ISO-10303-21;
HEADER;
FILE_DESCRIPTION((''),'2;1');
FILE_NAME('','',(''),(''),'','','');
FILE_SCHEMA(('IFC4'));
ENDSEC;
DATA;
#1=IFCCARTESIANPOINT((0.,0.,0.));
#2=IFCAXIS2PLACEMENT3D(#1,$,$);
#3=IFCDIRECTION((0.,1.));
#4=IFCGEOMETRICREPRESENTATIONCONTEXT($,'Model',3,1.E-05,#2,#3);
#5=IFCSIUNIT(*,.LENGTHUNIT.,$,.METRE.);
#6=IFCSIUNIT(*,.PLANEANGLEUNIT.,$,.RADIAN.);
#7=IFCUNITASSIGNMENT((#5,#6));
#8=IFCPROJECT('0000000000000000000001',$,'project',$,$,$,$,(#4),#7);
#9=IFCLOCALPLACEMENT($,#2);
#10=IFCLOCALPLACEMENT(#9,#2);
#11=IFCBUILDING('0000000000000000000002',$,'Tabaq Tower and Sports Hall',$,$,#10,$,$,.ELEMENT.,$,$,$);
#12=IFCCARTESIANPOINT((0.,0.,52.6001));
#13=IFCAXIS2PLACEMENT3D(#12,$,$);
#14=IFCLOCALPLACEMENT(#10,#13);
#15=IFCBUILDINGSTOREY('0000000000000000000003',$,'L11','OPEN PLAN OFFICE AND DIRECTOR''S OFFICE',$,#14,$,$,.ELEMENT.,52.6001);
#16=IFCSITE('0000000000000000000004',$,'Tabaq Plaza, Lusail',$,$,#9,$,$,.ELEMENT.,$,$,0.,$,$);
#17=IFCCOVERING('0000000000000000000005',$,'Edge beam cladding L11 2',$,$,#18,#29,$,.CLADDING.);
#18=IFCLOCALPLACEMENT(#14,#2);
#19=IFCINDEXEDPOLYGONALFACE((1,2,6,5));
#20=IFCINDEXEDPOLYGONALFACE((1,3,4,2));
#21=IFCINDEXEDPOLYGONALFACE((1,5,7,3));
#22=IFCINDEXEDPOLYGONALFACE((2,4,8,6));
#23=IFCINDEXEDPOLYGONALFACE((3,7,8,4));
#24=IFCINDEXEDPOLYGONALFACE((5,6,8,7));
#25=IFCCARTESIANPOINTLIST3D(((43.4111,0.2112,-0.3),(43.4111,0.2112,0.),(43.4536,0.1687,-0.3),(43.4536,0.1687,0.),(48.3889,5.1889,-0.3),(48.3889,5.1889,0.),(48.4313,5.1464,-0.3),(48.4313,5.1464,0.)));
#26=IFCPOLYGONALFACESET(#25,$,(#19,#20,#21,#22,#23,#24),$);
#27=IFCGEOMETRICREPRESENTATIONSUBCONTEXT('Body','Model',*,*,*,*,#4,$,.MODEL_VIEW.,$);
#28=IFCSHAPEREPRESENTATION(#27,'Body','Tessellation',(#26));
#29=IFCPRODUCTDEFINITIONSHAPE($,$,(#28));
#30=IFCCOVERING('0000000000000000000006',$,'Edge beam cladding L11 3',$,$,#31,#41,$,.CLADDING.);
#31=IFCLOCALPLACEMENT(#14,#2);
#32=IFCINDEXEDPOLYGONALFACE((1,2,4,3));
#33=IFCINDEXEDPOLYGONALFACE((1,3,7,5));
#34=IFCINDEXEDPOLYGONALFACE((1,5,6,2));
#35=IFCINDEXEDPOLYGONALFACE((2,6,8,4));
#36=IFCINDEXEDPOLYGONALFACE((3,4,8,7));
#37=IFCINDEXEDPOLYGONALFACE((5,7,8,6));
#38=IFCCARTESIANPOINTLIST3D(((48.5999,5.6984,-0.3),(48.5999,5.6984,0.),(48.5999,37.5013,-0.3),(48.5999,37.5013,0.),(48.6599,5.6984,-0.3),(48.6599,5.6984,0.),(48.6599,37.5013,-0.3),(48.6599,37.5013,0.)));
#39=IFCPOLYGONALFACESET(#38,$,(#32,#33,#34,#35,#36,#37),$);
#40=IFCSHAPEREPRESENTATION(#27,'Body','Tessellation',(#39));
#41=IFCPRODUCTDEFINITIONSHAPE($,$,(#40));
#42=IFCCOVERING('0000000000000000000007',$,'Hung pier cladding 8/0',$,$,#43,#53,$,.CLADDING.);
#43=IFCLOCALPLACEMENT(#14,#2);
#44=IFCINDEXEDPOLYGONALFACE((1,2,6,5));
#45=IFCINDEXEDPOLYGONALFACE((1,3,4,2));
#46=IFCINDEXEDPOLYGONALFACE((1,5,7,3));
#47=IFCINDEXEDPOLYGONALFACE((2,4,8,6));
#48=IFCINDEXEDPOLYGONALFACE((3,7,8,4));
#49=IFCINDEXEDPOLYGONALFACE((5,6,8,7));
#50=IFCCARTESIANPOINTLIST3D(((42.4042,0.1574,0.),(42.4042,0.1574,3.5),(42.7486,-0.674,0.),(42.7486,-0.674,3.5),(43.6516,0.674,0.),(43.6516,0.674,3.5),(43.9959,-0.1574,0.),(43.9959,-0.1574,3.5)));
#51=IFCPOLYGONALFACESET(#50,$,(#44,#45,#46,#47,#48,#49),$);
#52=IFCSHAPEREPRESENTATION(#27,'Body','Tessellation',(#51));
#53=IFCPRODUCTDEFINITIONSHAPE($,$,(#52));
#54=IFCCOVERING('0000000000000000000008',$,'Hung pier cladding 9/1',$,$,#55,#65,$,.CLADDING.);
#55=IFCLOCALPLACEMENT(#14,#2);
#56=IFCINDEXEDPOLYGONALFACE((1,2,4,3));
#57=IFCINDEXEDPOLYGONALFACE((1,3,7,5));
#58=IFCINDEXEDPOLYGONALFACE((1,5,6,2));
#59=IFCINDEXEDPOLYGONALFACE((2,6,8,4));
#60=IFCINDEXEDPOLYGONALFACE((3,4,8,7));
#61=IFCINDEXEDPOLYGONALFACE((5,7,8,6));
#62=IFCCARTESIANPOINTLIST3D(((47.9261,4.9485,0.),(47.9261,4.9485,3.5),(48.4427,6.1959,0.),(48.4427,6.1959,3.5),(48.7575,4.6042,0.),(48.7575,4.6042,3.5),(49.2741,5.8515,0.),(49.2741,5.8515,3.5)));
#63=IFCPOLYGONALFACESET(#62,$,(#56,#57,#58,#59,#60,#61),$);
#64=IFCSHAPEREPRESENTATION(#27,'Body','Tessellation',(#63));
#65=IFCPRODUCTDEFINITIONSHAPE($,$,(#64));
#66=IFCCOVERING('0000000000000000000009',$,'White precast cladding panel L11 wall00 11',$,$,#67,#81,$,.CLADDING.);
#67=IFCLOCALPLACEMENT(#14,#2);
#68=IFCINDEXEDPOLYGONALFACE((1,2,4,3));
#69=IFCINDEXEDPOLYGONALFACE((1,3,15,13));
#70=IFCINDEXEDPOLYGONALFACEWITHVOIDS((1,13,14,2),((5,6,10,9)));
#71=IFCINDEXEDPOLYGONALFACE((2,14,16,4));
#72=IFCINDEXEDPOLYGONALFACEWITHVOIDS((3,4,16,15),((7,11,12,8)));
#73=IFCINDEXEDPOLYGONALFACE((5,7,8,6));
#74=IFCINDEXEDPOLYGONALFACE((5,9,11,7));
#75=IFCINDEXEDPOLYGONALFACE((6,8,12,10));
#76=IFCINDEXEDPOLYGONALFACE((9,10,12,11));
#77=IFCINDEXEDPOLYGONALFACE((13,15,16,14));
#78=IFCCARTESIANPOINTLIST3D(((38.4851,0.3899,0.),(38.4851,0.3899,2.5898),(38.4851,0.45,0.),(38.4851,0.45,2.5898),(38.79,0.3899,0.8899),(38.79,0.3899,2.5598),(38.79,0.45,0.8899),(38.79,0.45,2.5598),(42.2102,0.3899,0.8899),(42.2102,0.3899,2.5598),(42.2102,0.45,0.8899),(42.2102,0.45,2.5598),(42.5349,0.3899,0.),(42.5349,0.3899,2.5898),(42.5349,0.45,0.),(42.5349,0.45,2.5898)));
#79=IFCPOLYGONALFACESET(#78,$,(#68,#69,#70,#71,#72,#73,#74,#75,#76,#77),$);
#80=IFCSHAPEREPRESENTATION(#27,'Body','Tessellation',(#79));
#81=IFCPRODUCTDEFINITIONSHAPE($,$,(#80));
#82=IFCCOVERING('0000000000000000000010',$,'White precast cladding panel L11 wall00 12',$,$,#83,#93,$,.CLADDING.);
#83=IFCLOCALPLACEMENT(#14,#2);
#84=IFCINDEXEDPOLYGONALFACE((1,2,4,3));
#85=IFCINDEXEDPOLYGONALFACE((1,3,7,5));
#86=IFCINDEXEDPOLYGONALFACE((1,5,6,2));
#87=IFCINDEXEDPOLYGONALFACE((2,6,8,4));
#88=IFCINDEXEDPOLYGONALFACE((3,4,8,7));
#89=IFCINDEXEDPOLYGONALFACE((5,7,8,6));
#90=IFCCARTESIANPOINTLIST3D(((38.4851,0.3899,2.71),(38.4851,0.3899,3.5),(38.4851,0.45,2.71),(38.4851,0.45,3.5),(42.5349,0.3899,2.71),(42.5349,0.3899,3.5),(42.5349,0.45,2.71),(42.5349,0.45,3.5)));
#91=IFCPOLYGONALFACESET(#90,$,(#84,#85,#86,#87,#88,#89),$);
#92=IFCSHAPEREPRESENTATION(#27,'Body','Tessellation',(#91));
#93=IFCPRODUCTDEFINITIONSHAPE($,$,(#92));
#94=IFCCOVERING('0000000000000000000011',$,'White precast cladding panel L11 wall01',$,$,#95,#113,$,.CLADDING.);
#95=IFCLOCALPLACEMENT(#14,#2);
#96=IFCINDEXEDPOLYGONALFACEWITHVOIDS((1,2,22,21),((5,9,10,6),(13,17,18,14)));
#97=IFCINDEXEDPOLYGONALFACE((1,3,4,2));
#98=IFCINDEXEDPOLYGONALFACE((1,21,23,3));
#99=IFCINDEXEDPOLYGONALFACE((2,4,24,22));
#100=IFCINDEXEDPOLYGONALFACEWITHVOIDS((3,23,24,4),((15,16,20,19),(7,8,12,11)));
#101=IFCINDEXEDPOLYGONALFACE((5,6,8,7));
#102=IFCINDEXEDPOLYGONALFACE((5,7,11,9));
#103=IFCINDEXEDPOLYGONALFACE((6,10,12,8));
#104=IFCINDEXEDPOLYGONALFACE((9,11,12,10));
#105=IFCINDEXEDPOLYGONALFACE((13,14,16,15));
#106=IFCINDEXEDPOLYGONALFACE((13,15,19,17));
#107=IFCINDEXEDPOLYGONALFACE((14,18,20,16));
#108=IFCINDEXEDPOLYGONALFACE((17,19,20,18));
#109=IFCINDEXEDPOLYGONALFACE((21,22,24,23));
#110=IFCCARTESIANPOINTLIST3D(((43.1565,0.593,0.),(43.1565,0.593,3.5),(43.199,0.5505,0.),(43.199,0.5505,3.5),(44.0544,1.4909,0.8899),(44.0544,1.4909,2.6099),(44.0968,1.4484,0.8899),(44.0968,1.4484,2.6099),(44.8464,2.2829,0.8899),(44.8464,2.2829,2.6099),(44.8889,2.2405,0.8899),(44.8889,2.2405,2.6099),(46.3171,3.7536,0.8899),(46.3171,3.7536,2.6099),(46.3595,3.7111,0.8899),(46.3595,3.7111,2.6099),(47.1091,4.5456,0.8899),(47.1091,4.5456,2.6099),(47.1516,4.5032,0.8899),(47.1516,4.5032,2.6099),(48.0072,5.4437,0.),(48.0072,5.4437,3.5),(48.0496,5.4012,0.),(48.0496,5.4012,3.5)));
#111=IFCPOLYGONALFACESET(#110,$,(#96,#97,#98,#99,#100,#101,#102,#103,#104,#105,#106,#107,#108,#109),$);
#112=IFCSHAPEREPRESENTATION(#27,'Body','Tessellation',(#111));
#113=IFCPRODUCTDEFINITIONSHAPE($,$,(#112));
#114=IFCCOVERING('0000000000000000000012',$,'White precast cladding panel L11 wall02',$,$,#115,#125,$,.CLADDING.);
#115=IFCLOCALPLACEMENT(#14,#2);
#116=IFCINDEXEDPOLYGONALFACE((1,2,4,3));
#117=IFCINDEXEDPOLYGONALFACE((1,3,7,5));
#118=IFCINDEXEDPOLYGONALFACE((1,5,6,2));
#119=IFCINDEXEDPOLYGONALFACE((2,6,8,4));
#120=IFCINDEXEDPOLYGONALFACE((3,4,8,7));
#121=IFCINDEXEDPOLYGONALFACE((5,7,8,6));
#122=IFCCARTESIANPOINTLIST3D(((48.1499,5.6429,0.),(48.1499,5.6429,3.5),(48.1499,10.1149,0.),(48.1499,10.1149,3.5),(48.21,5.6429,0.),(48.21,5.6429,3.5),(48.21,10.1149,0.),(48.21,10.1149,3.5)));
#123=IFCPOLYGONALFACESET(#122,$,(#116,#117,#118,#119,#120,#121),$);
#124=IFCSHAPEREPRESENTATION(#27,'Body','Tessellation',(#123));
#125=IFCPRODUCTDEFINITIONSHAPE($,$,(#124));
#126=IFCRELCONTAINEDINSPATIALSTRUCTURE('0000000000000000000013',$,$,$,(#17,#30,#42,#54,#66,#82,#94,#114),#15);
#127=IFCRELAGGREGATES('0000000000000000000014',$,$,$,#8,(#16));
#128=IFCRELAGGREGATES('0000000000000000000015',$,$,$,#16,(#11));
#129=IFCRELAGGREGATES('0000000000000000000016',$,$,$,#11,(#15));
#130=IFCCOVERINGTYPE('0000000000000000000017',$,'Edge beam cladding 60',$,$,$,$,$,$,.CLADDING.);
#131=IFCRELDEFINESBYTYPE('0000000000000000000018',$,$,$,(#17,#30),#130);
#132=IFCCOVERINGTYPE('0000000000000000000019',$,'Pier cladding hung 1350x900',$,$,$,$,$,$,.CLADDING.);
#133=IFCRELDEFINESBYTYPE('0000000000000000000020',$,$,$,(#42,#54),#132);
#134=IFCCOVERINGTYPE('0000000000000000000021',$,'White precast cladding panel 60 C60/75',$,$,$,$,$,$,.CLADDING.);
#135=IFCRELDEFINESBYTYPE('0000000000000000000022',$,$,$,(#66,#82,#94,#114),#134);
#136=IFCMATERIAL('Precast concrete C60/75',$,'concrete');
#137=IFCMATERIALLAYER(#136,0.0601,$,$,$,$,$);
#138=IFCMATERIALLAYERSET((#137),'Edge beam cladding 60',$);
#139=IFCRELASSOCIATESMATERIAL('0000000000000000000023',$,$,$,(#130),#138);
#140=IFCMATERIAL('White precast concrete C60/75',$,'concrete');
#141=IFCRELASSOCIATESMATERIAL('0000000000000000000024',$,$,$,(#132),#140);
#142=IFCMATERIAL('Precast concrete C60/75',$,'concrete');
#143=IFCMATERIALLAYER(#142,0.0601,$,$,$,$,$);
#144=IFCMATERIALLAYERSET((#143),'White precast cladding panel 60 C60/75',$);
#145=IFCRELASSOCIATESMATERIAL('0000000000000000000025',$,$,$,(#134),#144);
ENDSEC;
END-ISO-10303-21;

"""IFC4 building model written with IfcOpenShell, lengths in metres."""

from ifc_helpers import new_model, si_unit, direction, frame, frame_2d, origin, place, context, subcontext, project, spatial, polyline, rectangle, outline, extrude, material, layer, layer_set, type_object, element, save


model = new_model("IFC4")

# Units and contexts
model_context = context("Model", 3, precision=1e-05, world=origin(), true_north=direction((0.0, 1.0)))
body_context = subcontext(model_context, "Body", "Model", "MODEL_VIEW")
ifc_project = project(units=[si_unit("LENGTHUNIT", "METRE"), si_unit("PLANEANGLEUNIT", "RADIAN")], contexts=[model_context])

# Site, building, storey
site_placement = place(None, origin())
site = spatial("IfcSite", under=ifc_project, at=site_placement, Name="Tabaq Plaza, Lusail", CompositionType="ELEMENT", RefElevation=0.0)
building_placement = place(site_placement, origin())
building = spatial("IfcBuilding", under=site, at=building_placement, Name="Tabaq Tower and Sports Hall", CompositionType="ELEMENT")
storey_placement = place(building_placement, frame((0.0, 0.0, 52.6001)))
storey = spatial("IfcBuildingStorey", under=building, at=storey_placement, Name="L11", Description="OPEN PLAN OFFICE AND DIRECTOR'S OFFICE", CompositionType="ELEMENT", Elevation=52.6001)

# Coverings
ifc_material_1 = material(Name="Precast concrete C60/75", Category="concrete")
ifc_layer_1 = layer(ifc_material_1, 0.0601)
ifc_layer_set_1 = layer_set([ifc_layer_1], Name="Edge beam cladding 60")
covering_type_1 = type_object("IfcCoveringType", Name="Edge beam cladding 60", PredefinedType="CLADDING", material=ifc_layer_set_1)
covering_1_placement = place(storey_placement, frame((43.4324, 0.1899, -0.3), z_axis=(0.0, 0.0, 1.0), x_axis=(0.707107, 0.707107, 0.0)))
element("IfcCovering", 1, at=covering_1_placement, inside=storey, type_object=covering_type_1, Name="Edge beam cladding L11 2", PredefinedType="CLADDING", context=body_context, shape_type="SweptSolid", body=[
    extrude(rectangle(XDim=7.0396, YDim=0.0601, at=frame_2d((3.5198, 0.0))), origin(), (0.0, 0.0, 1.0), 0.3),
])
covering_2_placement = place(storey_placement, frame((48.6299, 5.6985, -0.3), z_axis=(0.0, 0.0, 1.0), x_axis=(0.0, 1.0, 0.0)))
element("IfcCovering", 2, at=covering_2_placement, inside=storey, type_object=covering_type_1, Name="Edge beam cladding L11 3", PredefinedType="CLADDING", context=body_context, shape_type="SweptSolid", body=[
    extrude(rectangle(XDim=31.803, YDim=0.0601, at=frame_2d((15.9014, 0.0))), origin(), (0.0, 0.0, 1.0), 0.3),
])
ifc_material_2 = material(Name="White precast concrete C60/75", Category="concrete")
covering_type_2 = type_object("IfcCoveringType", Name="Pier cladding hung 1350x900", PredefinedType="CLADDING", material=ifc_material_2)
for number, where, z_axis, x_axis, name in (
    (3, (42.5764, -0.2583, 0.0), (0.0, 0.0, 1.0), (0.923893, 0.38265, 0.0), "Hung pier cladding 8/0"),
    (4, (48.3418, 4.7764, 0.0), (0.0, 0.0, 1.0), (0.38265, 0.923893, 0.0), "Hung pier cladding 9/1"),
):
    element("IfcCovering", number, at=place(storey_placement, frame(where, z_axis=z_axis, x_axis=x_axis)), inside=storey, type_object=covering_type_2, Name=name, PredefinedType="CLADDING", context=body_context, shape_type="SweptSolid", body=[
        extrude(rectangle(XDim=1.3501, YDim=0.8999, at=frame_2d((0.675, 0.0))), origin(), (0.0, 0.0, 1.0), 3.5),
    ])
ifc_material_3 = material(Name="Precast concrete C60/75", Category="concrete")
ifc_layer_2 = layer(ifc_material_3, 0.0601)
ifc_layer_set_2 = layer_set([ifc_layer_2], Name="White precast cladding panel 60 C60/75")
covering_type_3 = type_object("IfcCoveringType", Name="White precast cladding panel 60 C60/75", PredefinedType="CLADDING", material=ifc_layer_set_2)
covering_3_placement = place(storey_placement, frame((38.4851, 0.4199, 0.0), z_axis=(0.0, 0.0, 1.0), x_axis=(1.0, 0.0, 0.0)))
element("IfcCovering", 5, at=covering_3_placement, inside=storey, type_object=covering_type_3, Name="White precast cladding panel L11 wall00 11", PredefinedType="CLADDING", context=body_context, shape_type="SweptSolid", body=[
    extrude(outline(polyline([(0.0, 0.0), (4.0498, 0.0), (4.0498, 2.5898), (0.0, 2.5898), (0.0, 0.0)]), holes=[polyline([(3.7251, 0.8899), (0.3049, 0.8899), (0.3049, 2.5598), (3.7251, 2.5598), (3.7251, 0.8899)])]), frame((0.0, 0.03, 0.0), z_axis=(0.0, -1.0, 0.0), x_axis=(1.0, 0.0, 0.0)), (0.0, 0.0, 1.0), 0.0601),
])
covering_4_placement = place(storey_placement, frame((38.4851, 0.4199, 2.71), z_axis=(0.0, 0.0, 1.0), x_axis=(1.0, 0.0, 0.0)))
element("IfcCovering", 6, at=covering_4_placement, inside=storey, type_object=covering_type_3, Name="White precast cladding panel L11 wall00 12", PredefinedType="CLADDING", context=body_context, shape_type="SweptSolid", body=[
    extrude(rectangle(XDim=4.0498, YDim=0.0601, at=frame_2d((2.0249, 0.0))), origin(), (0.0, 0.0, 1.0), 0.79),
])
covering_5_placement = place(storey_placement, frame((43.1777, 0.5718, 0.0), z_axis=(0.0, 0.0, 1.0), x_axis=(0.707107, 0.707107, 0.0)))
element("IfcCovering", 7, at=covering_5_placement, inside=storey, type_object=covering_type_3, Name="White precast cladding panel L11 wall01", PredefinedType="CLADDING", context=body_context, shape_type="SweptSolid", body=[
    extrude(outline(polyline([(0.0, 0.0), (6.8599, 0.0), (6.8599, 3.5), (0.0, 3.5), (0.0, 0.0)]), holes=[polyline([(1.2698, 2.6099), (2.3899, 2.6099), (2.3899, 0.8899), (1.2698, 0.8899), (1.2698, 2.6099)]), polyline([(4.4697, 2.6099), (5.5898, 2.6099), (5.5898, 0.8899), (4.4697, 0.8899), (4.4697, 2.6099)])]), frame((0.0, 0.03, 0.0), z_axis=(0.0, -1.0, 0.0), x_axis=(1.0, 0.0, 0.0)), (0.0, 0.0, 1.0), 0.0601),
])
covering_6_placement = place(storey_placement, frame((48.1799, 5.6431, 0.0), z_axis=(0.0, 0.0, 1.0), x_axis=(0.0, 1.0, 0.0)))
element("IfcCovering", 8, at=covering_6_placement, inside=storey, type_object=covering_type_3, Name="White precast cladding panel L11 wall02", PredefinedType="CLADDING", context=body_context, shape_type="SweptSolid", body=[
    extrude(rectangle(XDim=4.4719, YDim=0.0601, at=frame_2d((2.2358, 0.0))), origin(), (0.0, 0.0, 1.0), 3.5),
])

save(model, "model.ifc")
